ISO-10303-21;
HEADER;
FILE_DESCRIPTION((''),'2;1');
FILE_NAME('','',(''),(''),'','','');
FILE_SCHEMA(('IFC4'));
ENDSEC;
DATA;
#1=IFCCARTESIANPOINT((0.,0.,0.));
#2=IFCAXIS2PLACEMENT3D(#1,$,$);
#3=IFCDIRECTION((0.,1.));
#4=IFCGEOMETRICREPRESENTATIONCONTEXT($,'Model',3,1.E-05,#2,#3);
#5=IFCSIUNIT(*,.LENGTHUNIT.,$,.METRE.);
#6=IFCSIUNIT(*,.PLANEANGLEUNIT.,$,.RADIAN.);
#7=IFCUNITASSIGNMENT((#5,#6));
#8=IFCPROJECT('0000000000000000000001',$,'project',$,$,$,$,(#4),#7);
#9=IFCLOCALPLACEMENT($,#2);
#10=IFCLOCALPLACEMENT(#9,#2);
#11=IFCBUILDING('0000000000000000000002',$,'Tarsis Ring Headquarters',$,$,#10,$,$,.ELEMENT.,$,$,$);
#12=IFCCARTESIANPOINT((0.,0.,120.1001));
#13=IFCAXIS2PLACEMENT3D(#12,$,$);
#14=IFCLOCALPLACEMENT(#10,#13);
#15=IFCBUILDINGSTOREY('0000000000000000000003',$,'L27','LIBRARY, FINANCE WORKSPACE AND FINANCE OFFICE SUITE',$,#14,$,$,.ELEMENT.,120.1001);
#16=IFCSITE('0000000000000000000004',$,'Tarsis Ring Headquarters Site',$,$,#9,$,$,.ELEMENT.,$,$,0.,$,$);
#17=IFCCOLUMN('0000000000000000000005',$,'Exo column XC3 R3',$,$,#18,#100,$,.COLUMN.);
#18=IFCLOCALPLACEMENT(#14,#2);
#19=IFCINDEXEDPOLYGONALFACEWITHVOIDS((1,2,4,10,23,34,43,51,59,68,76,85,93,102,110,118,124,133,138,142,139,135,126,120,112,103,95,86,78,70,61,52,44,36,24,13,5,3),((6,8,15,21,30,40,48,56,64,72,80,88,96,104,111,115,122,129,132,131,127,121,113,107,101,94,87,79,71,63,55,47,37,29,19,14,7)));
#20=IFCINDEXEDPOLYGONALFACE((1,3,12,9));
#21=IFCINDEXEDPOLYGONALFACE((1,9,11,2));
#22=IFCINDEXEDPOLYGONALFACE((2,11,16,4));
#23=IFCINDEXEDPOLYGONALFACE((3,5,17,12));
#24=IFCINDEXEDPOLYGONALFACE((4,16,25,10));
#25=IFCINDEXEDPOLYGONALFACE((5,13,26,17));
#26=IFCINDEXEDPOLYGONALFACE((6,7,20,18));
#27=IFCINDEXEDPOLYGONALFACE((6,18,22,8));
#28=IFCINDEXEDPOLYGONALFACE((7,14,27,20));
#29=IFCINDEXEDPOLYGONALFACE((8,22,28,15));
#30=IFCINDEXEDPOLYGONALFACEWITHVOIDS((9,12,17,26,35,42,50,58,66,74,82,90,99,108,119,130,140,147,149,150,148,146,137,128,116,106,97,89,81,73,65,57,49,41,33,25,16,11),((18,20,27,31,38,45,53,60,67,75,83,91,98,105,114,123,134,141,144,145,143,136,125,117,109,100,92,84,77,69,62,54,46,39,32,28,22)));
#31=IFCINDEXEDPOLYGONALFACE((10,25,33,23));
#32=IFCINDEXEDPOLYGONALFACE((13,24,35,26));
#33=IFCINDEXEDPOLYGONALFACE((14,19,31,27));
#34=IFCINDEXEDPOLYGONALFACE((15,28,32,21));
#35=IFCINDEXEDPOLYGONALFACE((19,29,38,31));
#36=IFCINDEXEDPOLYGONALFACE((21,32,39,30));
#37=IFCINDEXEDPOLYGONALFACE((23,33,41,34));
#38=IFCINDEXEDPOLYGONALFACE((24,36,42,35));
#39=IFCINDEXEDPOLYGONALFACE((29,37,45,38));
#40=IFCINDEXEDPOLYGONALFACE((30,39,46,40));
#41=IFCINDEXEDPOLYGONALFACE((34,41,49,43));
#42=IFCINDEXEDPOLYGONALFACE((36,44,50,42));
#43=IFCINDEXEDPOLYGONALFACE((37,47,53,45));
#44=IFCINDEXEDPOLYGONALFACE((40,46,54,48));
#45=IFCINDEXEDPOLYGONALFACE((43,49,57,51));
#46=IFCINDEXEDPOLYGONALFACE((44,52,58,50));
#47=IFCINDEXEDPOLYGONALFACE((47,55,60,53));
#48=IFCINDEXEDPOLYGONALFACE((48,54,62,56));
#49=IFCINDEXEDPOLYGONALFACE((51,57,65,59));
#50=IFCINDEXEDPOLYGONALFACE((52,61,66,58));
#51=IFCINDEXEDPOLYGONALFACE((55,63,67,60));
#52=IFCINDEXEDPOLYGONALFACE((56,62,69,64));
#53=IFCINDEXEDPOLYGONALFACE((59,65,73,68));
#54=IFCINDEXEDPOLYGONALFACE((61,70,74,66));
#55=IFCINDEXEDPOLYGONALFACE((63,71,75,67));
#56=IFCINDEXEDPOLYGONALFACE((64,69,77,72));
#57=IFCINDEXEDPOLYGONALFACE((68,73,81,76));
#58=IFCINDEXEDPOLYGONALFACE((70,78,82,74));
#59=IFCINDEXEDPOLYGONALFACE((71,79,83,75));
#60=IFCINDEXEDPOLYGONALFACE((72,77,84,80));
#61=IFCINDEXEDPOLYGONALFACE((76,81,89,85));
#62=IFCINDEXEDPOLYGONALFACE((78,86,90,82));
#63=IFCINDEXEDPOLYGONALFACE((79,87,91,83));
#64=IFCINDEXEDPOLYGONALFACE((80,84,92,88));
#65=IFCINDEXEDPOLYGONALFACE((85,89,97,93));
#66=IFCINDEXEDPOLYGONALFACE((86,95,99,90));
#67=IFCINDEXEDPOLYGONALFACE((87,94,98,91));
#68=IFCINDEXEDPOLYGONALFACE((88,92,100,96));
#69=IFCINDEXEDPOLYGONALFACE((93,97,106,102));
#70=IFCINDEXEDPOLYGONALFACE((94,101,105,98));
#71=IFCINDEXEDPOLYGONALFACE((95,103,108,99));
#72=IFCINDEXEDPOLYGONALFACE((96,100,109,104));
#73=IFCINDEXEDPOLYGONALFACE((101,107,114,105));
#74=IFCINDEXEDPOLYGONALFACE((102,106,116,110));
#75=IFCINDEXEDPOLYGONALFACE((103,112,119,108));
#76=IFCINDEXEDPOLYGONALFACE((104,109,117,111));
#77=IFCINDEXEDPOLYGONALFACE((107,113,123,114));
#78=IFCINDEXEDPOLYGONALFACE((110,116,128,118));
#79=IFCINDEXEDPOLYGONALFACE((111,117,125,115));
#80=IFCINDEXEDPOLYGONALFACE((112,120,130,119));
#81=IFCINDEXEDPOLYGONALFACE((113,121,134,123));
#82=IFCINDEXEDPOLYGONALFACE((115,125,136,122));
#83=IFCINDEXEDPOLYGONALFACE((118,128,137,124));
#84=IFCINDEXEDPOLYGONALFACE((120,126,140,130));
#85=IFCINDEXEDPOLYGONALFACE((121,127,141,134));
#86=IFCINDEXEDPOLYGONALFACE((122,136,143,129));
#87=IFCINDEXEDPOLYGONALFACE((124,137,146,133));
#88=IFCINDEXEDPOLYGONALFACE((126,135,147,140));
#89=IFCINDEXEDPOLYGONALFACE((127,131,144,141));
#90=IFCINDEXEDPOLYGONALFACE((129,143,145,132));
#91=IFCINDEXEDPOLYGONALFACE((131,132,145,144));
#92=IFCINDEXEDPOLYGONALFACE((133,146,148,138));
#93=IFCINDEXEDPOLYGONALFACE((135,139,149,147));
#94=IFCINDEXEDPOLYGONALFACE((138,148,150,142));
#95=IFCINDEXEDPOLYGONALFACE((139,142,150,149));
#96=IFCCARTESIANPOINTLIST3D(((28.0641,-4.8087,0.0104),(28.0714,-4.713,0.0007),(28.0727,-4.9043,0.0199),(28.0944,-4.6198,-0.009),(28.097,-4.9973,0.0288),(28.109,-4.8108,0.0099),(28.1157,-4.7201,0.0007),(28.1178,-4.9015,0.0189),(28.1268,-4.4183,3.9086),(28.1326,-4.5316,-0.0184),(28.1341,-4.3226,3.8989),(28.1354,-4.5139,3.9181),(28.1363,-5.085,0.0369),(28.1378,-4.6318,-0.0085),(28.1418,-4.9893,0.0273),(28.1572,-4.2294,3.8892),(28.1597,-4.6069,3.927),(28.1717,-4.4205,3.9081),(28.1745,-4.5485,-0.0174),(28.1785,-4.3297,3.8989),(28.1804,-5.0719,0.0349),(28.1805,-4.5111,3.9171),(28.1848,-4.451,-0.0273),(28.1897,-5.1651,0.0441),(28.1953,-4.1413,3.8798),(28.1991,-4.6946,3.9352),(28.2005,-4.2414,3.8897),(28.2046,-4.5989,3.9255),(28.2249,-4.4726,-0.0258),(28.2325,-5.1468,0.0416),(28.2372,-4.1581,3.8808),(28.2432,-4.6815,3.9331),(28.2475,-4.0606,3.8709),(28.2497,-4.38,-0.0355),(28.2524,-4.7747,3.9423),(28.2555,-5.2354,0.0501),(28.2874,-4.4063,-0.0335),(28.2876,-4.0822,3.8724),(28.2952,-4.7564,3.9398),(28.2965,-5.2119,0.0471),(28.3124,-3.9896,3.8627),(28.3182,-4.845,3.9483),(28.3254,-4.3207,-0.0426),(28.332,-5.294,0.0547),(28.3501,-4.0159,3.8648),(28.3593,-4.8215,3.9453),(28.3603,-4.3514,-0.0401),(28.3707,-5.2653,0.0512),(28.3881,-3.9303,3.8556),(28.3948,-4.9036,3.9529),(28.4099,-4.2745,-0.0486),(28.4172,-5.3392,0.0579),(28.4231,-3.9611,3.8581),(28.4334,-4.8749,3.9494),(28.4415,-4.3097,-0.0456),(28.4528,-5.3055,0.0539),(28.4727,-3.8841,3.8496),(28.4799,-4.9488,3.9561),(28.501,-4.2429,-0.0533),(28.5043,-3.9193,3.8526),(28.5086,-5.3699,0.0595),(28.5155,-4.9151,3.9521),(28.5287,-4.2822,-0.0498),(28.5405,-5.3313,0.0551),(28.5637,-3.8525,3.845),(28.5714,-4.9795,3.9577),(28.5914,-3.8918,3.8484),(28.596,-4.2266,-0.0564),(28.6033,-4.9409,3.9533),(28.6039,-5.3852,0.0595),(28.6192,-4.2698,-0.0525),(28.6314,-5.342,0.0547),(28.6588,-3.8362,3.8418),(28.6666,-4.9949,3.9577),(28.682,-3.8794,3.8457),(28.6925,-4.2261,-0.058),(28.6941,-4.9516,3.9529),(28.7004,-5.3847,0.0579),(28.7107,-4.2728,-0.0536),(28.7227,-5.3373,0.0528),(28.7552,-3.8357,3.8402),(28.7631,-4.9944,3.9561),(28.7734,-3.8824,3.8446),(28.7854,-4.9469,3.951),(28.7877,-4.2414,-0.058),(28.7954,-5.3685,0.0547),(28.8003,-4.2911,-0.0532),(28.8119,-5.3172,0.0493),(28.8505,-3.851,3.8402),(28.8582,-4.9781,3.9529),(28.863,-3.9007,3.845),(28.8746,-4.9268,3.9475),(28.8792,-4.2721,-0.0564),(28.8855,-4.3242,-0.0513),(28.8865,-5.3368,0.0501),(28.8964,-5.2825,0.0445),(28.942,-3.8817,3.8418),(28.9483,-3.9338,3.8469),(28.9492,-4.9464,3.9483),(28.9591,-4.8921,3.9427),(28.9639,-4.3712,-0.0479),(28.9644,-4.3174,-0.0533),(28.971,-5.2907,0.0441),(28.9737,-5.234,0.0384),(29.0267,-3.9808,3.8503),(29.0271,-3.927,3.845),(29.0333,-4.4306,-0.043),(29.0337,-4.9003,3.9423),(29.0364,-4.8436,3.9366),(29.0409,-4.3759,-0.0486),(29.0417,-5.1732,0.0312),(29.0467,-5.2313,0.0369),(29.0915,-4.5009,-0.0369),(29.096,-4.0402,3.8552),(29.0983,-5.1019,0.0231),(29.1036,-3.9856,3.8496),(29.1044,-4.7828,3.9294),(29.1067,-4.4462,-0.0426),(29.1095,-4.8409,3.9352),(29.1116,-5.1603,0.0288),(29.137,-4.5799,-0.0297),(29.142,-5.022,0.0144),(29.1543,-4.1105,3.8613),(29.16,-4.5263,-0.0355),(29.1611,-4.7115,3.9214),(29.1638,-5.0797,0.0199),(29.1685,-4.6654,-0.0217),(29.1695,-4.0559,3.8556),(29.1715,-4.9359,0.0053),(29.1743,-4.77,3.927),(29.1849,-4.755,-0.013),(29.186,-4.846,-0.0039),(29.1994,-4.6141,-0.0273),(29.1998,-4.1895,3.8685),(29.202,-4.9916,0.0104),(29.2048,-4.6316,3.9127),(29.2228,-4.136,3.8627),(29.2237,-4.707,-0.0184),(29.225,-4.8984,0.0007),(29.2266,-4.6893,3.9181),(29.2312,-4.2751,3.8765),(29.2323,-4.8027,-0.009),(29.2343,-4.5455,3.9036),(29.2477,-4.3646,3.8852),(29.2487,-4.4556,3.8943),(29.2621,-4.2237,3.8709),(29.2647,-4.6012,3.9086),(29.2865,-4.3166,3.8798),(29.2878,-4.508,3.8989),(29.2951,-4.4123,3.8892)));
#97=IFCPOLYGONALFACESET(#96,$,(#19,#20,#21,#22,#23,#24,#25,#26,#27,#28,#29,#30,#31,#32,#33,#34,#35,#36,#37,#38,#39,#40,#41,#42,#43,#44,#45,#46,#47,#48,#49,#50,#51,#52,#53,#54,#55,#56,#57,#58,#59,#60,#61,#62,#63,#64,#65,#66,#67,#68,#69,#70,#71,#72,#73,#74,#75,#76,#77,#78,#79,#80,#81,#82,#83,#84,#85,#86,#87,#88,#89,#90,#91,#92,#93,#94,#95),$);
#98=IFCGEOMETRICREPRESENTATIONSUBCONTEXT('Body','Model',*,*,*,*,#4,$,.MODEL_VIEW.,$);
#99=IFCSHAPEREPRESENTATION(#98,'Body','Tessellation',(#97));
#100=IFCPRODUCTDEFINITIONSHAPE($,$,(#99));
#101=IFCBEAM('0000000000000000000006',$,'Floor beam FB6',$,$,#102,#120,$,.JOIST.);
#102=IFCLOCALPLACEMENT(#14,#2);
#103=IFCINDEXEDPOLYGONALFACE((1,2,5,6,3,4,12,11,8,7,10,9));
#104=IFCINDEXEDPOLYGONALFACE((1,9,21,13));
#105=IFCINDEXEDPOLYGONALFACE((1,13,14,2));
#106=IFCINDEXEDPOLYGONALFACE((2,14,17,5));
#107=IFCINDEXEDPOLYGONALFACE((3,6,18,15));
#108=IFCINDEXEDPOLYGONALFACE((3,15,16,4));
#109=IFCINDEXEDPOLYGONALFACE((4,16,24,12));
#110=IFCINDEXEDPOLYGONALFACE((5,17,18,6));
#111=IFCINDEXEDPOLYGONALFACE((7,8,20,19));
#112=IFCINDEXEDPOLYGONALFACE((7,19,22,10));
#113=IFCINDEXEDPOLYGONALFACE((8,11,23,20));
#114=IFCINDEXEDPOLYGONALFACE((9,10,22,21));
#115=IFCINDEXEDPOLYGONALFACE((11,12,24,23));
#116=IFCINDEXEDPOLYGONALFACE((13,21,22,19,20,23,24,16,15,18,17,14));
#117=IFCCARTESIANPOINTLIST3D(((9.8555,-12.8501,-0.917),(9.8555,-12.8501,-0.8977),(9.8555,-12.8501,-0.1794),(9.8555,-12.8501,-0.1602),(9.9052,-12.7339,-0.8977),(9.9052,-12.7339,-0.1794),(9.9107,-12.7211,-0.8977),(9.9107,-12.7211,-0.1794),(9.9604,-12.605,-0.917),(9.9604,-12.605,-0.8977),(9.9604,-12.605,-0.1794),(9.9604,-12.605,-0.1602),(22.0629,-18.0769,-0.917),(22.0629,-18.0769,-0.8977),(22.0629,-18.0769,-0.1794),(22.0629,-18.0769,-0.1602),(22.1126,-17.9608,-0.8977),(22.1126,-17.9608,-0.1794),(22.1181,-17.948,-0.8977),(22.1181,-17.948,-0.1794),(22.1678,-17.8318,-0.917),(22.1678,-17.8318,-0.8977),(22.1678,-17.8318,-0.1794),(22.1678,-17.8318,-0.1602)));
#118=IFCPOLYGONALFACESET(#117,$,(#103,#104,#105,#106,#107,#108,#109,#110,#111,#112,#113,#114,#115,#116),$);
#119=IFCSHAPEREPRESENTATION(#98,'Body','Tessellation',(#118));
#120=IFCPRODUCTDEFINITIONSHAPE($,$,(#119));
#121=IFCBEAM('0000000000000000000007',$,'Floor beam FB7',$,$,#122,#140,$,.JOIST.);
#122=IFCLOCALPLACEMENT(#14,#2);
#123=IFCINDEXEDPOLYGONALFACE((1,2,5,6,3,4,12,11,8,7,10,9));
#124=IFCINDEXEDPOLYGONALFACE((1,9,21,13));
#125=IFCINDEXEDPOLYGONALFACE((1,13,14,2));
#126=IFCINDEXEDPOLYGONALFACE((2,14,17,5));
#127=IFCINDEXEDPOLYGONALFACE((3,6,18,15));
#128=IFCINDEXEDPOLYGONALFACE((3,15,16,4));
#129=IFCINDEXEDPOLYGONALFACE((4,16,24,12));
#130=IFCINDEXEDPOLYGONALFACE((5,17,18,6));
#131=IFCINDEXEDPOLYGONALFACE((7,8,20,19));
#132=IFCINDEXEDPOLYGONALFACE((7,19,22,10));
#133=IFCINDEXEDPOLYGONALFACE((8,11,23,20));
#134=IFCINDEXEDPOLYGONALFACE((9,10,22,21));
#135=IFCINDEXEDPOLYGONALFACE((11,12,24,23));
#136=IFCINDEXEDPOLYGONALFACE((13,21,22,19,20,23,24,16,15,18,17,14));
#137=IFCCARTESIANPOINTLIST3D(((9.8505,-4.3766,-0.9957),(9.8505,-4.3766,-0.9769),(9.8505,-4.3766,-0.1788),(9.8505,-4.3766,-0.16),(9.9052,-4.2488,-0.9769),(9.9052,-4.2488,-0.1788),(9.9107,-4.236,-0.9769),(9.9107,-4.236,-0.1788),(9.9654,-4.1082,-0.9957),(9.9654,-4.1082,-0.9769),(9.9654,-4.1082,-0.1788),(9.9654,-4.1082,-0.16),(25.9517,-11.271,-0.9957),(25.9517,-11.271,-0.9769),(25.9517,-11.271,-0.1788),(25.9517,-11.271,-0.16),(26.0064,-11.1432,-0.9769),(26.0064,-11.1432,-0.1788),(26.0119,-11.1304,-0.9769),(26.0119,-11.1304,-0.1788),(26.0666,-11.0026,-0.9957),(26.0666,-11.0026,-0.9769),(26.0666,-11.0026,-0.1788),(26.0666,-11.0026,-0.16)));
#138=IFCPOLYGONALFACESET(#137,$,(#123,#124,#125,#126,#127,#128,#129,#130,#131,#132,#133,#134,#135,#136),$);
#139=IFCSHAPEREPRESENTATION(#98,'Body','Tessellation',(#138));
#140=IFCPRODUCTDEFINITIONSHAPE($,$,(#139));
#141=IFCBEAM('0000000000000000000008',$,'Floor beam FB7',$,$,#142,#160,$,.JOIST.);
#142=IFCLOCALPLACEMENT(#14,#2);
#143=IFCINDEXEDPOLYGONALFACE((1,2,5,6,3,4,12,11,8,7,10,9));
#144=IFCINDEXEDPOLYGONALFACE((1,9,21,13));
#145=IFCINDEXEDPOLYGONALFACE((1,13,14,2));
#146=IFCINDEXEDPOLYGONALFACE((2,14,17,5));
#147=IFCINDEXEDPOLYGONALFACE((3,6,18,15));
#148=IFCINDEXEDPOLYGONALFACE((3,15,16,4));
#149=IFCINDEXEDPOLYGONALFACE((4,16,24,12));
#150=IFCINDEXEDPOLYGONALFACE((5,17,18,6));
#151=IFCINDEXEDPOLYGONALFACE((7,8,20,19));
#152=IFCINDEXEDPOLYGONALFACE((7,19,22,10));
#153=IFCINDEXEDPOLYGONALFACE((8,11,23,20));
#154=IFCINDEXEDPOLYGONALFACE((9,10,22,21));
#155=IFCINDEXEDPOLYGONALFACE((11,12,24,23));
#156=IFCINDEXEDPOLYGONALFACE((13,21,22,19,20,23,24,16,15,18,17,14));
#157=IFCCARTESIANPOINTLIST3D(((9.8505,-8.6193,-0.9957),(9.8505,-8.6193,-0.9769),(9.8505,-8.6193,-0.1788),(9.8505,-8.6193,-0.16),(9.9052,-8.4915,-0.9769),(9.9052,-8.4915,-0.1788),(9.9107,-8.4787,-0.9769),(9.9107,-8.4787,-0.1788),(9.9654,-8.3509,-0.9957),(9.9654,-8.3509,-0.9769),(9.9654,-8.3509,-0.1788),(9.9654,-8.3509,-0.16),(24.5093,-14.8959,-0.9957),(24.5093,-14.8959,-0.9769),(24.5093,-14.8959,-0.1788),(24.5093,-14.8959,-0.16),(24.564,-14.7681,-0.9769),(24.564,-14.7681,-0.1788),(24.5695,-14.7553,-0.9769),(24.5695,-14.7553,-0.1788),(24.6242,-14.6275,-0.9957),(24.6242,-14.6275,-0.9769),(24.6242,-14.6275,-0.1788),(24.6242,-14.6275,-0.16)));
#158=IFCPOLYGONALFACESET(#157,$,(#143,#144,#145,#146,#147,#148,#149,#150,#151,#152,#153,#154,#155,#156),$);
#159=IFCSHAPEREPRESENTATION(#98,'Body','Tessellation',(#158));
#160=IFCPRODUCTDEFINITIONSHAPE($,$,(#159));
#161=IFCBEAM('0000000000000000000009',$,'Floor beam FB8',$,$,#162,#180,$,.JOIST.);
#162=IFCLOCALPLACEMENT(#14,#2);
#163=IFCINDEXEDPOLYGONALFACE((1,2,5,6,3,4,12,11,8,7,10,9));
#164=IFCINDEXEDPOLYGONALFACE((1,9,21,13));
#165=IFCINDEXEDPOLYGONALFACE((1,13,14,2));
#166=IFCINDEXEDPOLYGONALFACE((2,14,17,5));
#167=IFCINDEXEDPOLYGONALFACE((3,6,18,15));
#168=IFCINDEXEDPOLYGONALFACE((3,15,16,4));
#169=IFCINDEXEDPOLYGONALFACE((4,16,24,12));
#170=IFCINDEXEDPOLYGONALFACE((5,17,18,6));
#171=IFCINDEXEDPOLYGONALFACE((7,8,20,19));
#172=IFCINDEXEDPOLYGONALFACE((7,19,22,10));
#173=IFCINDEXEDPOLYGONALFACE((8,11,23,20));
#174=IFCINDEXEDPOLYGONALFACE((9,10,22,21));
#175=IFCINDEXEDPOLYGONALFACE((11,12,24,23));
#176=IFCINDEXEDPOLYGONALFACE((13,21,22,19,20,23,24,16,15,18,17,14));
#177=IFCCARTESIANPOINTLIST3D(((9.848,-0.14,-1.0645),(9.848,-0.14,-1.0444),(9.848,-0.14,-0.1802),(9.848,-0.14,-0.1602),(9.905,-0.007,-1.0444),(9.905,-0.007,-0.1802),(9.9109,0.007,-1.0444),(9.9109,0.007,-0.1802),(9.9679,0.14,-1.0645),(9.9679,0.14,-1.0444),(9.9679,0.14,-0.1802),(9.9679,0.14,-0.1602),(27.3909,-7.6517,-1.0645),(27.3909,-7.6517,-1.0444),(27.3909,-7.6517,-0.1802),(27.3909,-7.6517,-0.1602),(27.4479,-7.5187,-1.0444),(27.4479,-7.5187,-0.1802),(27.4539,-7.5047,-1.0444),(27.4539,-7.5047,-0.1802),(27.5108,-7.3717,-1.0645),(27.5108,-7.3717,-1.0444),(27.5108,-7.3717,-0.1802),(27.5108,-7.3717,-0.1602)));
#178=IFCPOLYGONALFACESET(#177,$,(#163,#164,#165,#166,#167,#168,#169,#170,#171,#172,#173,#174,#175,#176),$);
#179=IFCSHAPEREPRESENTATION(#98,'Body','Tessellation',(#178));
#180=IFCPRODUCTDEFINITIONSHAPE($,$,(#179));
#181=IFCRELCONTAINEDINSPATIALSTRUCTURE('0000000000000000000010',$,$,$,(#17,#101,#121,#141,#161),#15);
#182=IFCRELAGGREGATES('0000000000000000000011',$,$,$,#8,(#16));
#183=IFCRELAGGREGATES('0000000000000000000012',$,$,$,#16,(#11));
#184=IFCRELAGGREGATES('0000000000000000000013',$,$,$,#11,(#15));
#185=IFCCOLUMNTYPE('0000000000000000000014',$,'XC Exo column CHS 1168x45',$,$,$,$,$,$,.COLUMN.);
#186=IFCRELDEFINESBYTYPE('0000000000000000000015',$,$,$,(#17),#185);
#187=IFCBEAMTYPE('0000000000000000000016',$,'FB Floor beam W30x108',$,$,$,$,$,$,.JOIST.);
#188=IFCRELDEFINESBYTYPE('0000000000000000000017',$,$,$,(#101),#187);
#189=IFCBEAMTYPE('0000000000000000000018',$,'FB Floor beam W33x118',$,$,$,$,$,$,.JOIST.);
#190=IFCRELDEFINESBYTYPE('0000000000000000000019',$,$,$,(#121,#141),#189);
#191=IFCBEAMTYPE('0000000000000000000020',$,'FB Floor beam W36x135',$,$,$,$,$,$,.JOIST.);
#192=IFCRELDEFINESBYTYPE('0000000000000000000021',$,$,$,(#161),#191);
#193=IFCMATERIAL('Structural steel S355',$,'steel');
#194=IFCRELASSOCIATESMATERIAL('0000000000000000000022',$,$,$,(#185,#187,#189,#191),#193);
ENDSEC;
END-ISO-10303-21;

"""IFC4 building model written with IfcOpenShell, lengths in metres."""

from ifc_helpers import new_model, si_unit, direction, frame, origin, origin_2d, place, context, subcontext, project, spatial, hollow_circle, i_section, extrude, material, material_profile, profile_set, type_object, element, save


model = new_model("IFC4")

# Units and contexts
model_context = context("Model", 3, precision=1e-05, world=origin(), true_north=direction((0.0, 1.0)))
body_context = subcontext(model_context, "Body", "Model", "MODEL_VIEW")
ifc_project = project(units=[si_unit("LENGTHUNIT", "METRE"), si_unit("PLANEANGLEUNIT", "RADIAN")], contexts=[model_context])

# Site, building, storey
site_placement = place(None, origin())
site = spatial("IfcSite", under=ifc_project, at=site_placement, Name="Tarsis Ring Headquarters Site", CompositionType="ELEMENT", RefElevation=0.0)
building_placement = place(site_placement, origin())
building = spatial("IfcBuilding", under=site, at=building_placement, Name="Tarsis Ring Headquarters", CompositionType="ELEMENT")
storey_placement = place(building_placement, frame((0.0, 0.0, 120.1001)))
storey = spatial("IfcBuildingStorey", under=building, at=storey_placement, Name="L27", Description="LIBRARY, FINANCE WORKSPACE AND FINANCE OFFICE SUITE", CompositionType="ELEMENT", Elevation=120.1001)

# Column
ifc_material_1 = material(Name="Structural steel S355", Category="steel")
ifc_material_profile_1 = material_profile(ifc_material_1, hollow_circle(Radius=0.5842, WallThickness=0.0449, at=origin_2d()), Name="CHS 1168x45")
ifc_profile_set_1 = profile_set([ifc_material_profile_1], Name="Structural steel S355")
column_type = type_object("IfcColumnType", Name="XC Exo column CHS 1168x45", PredefinedType="COLUMN", material=ifc_profile_set_1)
column_placement = place(storey_placement, frame((28.6482, -4.8057, 0.0007), z_axis=(0.016014, 0.099633, 0.994895), x_axis=(-0.987329, 0.158689, 0.0)))
element("IfcColumn", 1, at=column_placement, inside=storey, type_object=column_type, Name="Exo column XC3 R3", PredefinedType="COLUMN", context=body_context, shape_type="SweptSolid", body=[
    extrude(hollow_circle(Radius=0.5842, WallThickness=0.0449, at=origin_2d()), origin(), (0.0, 0.0, 1.0), 3.9182),
])

# Beams
ifc_material_profile_2 = material_profile(ifc_material_1, i_section(OverallWidth=0.2666, OverallDepth=0.7568, WebThickness=0.0139, FlangeThickness=0.0193, at=origin_2d()), Name="W30x108")
ifc_profile_set_2 = profile_set([ifc_material_profile_2], Name="Structural steel S355")
beam_type_1 = type_object("IfcBeamType", Name="FB Floor beam W30x108", PredefinedType="JOIST", material=ifc_profile_set_2)
beam_1_placement = place(storey_placement, frame((9.908, -12.7275, -0.5386), z_axis=(0.919278, -0.393609, 0.0), x_axis=(0.393609, 0.919278, 0.0)))
element("IfcBeam", 2, at=beam_1_placement, inside=storey, type_object=beam_type_1, Name="Floor beam FB6", PredefinedType="JOIST", context=body_context, shape_type="SweptSolid", body=[
    extrude(i_section(OverallWidth=0.2666, OverallDepth=0.7568, WebThickness=0.0139, FlangeThickness=0.0193, at=origin_2d()), origin(), (0.0, 0.0, 1.0), 13.2793),
])
ifc_material_profile_3 = material_profile(ifc_material_1, i_section(OverallWidth=0.292, OverallDepth=0.8357, WebThickness=0.0139, FlangeThickness=0.0188, at=origin_2d()), Name="W33x118")
ifc_profile_set_3 = profile_set([ifc_material_profile_3], Name="Structural steel S355")
beam_type_2 = type_object("IfcBeamType", Name="FB Floor beam W33x118", PredefinedType="JOIST", material=ifc_profile_set_3)
beam_2_placement = place(storey_placement, frame((9.908, -4.2424, -0.5779), z_axis=(0.919273, -0.393622, 0.0), x_axis=(0.393622, 0.919273, 0.0)))
element("IfcBeam", 3, at=beam_2_placement, inside=storey, type_object=beam_type_2, Name="Floor beam FB7", PredefinedType="JOIST", context=body_context, shape_type="SweptSolid", body=[
    extrude(i_section(OverallWidth=0.292, OverallDepth=0.8357, WebThickness=0.0139, FlangeThickness=0.0188, at=origin_2d()), origin(), (0.0, 0.0, 1.0), 17.5151),
])
beam_3_placement = place(storey_placement, frame((9.908, -8.4851, -0.5779), z_axis=(0.919276, -0.393613, 0.0), x_axis=(0.393613, 0.919276, 0.0)))
element("IfcBeam", 4, at=beam_3_placement, inside=storey, type_object=beam_type_2, Name="Floor beam FB7", PredefinedType="JOIST", context=body_context, shape_type="SweptSolid", body=[
    extrude(i_section(OverallWidth=0.292, OverallDepth=0.8357, WebThickness=0.0139, FlangeThickness=0.0188, at=origin_2d()), origin(), (0.0, 0.0, 1.0), 15.946),
])
ifc_material_profile_4 = material_profile(ifc_material_1, i_section(OverallWidth=0.3047, OverallDepth=0.9043, WebThickness=0.0151, FlangeThickness=0.02, at=origin_2d()), Name="W36x135")
ifc_profile_set_4 = profile_set([ifc_material_profile_4], Name="Structural steel S355")
beam_type_3 = type_object("IfcBeamType", Name="FB Floor beam W36x135", PredefinedType="JOIST", material=ifc_profile_set_4)
beam_4_placement = place(storey_placement, frame((9.908, 0.0, -0.6123), z_axis=(0.919272, -0.393623, 0.0), x_axis=(0.393623, 0.919272, 0.0)))
element("IfcBeam", 5, at=beam_4_placement, inside=storey, type_object=beam_type_3, Name="Floor beam FB8", PredefinedType="JOIST", context=body_context, shape_type="SweptSolid", body=[
    extrude(i_section(OverallWidth=0.3047, OverallDepth=0.9043, WebThickness=0.0151, FlangeThickness=0.02, at=origin_2d()), origin(), (0.0, 0.0, 1.0), 19.0835),
])

save(model, "model.ifc")
